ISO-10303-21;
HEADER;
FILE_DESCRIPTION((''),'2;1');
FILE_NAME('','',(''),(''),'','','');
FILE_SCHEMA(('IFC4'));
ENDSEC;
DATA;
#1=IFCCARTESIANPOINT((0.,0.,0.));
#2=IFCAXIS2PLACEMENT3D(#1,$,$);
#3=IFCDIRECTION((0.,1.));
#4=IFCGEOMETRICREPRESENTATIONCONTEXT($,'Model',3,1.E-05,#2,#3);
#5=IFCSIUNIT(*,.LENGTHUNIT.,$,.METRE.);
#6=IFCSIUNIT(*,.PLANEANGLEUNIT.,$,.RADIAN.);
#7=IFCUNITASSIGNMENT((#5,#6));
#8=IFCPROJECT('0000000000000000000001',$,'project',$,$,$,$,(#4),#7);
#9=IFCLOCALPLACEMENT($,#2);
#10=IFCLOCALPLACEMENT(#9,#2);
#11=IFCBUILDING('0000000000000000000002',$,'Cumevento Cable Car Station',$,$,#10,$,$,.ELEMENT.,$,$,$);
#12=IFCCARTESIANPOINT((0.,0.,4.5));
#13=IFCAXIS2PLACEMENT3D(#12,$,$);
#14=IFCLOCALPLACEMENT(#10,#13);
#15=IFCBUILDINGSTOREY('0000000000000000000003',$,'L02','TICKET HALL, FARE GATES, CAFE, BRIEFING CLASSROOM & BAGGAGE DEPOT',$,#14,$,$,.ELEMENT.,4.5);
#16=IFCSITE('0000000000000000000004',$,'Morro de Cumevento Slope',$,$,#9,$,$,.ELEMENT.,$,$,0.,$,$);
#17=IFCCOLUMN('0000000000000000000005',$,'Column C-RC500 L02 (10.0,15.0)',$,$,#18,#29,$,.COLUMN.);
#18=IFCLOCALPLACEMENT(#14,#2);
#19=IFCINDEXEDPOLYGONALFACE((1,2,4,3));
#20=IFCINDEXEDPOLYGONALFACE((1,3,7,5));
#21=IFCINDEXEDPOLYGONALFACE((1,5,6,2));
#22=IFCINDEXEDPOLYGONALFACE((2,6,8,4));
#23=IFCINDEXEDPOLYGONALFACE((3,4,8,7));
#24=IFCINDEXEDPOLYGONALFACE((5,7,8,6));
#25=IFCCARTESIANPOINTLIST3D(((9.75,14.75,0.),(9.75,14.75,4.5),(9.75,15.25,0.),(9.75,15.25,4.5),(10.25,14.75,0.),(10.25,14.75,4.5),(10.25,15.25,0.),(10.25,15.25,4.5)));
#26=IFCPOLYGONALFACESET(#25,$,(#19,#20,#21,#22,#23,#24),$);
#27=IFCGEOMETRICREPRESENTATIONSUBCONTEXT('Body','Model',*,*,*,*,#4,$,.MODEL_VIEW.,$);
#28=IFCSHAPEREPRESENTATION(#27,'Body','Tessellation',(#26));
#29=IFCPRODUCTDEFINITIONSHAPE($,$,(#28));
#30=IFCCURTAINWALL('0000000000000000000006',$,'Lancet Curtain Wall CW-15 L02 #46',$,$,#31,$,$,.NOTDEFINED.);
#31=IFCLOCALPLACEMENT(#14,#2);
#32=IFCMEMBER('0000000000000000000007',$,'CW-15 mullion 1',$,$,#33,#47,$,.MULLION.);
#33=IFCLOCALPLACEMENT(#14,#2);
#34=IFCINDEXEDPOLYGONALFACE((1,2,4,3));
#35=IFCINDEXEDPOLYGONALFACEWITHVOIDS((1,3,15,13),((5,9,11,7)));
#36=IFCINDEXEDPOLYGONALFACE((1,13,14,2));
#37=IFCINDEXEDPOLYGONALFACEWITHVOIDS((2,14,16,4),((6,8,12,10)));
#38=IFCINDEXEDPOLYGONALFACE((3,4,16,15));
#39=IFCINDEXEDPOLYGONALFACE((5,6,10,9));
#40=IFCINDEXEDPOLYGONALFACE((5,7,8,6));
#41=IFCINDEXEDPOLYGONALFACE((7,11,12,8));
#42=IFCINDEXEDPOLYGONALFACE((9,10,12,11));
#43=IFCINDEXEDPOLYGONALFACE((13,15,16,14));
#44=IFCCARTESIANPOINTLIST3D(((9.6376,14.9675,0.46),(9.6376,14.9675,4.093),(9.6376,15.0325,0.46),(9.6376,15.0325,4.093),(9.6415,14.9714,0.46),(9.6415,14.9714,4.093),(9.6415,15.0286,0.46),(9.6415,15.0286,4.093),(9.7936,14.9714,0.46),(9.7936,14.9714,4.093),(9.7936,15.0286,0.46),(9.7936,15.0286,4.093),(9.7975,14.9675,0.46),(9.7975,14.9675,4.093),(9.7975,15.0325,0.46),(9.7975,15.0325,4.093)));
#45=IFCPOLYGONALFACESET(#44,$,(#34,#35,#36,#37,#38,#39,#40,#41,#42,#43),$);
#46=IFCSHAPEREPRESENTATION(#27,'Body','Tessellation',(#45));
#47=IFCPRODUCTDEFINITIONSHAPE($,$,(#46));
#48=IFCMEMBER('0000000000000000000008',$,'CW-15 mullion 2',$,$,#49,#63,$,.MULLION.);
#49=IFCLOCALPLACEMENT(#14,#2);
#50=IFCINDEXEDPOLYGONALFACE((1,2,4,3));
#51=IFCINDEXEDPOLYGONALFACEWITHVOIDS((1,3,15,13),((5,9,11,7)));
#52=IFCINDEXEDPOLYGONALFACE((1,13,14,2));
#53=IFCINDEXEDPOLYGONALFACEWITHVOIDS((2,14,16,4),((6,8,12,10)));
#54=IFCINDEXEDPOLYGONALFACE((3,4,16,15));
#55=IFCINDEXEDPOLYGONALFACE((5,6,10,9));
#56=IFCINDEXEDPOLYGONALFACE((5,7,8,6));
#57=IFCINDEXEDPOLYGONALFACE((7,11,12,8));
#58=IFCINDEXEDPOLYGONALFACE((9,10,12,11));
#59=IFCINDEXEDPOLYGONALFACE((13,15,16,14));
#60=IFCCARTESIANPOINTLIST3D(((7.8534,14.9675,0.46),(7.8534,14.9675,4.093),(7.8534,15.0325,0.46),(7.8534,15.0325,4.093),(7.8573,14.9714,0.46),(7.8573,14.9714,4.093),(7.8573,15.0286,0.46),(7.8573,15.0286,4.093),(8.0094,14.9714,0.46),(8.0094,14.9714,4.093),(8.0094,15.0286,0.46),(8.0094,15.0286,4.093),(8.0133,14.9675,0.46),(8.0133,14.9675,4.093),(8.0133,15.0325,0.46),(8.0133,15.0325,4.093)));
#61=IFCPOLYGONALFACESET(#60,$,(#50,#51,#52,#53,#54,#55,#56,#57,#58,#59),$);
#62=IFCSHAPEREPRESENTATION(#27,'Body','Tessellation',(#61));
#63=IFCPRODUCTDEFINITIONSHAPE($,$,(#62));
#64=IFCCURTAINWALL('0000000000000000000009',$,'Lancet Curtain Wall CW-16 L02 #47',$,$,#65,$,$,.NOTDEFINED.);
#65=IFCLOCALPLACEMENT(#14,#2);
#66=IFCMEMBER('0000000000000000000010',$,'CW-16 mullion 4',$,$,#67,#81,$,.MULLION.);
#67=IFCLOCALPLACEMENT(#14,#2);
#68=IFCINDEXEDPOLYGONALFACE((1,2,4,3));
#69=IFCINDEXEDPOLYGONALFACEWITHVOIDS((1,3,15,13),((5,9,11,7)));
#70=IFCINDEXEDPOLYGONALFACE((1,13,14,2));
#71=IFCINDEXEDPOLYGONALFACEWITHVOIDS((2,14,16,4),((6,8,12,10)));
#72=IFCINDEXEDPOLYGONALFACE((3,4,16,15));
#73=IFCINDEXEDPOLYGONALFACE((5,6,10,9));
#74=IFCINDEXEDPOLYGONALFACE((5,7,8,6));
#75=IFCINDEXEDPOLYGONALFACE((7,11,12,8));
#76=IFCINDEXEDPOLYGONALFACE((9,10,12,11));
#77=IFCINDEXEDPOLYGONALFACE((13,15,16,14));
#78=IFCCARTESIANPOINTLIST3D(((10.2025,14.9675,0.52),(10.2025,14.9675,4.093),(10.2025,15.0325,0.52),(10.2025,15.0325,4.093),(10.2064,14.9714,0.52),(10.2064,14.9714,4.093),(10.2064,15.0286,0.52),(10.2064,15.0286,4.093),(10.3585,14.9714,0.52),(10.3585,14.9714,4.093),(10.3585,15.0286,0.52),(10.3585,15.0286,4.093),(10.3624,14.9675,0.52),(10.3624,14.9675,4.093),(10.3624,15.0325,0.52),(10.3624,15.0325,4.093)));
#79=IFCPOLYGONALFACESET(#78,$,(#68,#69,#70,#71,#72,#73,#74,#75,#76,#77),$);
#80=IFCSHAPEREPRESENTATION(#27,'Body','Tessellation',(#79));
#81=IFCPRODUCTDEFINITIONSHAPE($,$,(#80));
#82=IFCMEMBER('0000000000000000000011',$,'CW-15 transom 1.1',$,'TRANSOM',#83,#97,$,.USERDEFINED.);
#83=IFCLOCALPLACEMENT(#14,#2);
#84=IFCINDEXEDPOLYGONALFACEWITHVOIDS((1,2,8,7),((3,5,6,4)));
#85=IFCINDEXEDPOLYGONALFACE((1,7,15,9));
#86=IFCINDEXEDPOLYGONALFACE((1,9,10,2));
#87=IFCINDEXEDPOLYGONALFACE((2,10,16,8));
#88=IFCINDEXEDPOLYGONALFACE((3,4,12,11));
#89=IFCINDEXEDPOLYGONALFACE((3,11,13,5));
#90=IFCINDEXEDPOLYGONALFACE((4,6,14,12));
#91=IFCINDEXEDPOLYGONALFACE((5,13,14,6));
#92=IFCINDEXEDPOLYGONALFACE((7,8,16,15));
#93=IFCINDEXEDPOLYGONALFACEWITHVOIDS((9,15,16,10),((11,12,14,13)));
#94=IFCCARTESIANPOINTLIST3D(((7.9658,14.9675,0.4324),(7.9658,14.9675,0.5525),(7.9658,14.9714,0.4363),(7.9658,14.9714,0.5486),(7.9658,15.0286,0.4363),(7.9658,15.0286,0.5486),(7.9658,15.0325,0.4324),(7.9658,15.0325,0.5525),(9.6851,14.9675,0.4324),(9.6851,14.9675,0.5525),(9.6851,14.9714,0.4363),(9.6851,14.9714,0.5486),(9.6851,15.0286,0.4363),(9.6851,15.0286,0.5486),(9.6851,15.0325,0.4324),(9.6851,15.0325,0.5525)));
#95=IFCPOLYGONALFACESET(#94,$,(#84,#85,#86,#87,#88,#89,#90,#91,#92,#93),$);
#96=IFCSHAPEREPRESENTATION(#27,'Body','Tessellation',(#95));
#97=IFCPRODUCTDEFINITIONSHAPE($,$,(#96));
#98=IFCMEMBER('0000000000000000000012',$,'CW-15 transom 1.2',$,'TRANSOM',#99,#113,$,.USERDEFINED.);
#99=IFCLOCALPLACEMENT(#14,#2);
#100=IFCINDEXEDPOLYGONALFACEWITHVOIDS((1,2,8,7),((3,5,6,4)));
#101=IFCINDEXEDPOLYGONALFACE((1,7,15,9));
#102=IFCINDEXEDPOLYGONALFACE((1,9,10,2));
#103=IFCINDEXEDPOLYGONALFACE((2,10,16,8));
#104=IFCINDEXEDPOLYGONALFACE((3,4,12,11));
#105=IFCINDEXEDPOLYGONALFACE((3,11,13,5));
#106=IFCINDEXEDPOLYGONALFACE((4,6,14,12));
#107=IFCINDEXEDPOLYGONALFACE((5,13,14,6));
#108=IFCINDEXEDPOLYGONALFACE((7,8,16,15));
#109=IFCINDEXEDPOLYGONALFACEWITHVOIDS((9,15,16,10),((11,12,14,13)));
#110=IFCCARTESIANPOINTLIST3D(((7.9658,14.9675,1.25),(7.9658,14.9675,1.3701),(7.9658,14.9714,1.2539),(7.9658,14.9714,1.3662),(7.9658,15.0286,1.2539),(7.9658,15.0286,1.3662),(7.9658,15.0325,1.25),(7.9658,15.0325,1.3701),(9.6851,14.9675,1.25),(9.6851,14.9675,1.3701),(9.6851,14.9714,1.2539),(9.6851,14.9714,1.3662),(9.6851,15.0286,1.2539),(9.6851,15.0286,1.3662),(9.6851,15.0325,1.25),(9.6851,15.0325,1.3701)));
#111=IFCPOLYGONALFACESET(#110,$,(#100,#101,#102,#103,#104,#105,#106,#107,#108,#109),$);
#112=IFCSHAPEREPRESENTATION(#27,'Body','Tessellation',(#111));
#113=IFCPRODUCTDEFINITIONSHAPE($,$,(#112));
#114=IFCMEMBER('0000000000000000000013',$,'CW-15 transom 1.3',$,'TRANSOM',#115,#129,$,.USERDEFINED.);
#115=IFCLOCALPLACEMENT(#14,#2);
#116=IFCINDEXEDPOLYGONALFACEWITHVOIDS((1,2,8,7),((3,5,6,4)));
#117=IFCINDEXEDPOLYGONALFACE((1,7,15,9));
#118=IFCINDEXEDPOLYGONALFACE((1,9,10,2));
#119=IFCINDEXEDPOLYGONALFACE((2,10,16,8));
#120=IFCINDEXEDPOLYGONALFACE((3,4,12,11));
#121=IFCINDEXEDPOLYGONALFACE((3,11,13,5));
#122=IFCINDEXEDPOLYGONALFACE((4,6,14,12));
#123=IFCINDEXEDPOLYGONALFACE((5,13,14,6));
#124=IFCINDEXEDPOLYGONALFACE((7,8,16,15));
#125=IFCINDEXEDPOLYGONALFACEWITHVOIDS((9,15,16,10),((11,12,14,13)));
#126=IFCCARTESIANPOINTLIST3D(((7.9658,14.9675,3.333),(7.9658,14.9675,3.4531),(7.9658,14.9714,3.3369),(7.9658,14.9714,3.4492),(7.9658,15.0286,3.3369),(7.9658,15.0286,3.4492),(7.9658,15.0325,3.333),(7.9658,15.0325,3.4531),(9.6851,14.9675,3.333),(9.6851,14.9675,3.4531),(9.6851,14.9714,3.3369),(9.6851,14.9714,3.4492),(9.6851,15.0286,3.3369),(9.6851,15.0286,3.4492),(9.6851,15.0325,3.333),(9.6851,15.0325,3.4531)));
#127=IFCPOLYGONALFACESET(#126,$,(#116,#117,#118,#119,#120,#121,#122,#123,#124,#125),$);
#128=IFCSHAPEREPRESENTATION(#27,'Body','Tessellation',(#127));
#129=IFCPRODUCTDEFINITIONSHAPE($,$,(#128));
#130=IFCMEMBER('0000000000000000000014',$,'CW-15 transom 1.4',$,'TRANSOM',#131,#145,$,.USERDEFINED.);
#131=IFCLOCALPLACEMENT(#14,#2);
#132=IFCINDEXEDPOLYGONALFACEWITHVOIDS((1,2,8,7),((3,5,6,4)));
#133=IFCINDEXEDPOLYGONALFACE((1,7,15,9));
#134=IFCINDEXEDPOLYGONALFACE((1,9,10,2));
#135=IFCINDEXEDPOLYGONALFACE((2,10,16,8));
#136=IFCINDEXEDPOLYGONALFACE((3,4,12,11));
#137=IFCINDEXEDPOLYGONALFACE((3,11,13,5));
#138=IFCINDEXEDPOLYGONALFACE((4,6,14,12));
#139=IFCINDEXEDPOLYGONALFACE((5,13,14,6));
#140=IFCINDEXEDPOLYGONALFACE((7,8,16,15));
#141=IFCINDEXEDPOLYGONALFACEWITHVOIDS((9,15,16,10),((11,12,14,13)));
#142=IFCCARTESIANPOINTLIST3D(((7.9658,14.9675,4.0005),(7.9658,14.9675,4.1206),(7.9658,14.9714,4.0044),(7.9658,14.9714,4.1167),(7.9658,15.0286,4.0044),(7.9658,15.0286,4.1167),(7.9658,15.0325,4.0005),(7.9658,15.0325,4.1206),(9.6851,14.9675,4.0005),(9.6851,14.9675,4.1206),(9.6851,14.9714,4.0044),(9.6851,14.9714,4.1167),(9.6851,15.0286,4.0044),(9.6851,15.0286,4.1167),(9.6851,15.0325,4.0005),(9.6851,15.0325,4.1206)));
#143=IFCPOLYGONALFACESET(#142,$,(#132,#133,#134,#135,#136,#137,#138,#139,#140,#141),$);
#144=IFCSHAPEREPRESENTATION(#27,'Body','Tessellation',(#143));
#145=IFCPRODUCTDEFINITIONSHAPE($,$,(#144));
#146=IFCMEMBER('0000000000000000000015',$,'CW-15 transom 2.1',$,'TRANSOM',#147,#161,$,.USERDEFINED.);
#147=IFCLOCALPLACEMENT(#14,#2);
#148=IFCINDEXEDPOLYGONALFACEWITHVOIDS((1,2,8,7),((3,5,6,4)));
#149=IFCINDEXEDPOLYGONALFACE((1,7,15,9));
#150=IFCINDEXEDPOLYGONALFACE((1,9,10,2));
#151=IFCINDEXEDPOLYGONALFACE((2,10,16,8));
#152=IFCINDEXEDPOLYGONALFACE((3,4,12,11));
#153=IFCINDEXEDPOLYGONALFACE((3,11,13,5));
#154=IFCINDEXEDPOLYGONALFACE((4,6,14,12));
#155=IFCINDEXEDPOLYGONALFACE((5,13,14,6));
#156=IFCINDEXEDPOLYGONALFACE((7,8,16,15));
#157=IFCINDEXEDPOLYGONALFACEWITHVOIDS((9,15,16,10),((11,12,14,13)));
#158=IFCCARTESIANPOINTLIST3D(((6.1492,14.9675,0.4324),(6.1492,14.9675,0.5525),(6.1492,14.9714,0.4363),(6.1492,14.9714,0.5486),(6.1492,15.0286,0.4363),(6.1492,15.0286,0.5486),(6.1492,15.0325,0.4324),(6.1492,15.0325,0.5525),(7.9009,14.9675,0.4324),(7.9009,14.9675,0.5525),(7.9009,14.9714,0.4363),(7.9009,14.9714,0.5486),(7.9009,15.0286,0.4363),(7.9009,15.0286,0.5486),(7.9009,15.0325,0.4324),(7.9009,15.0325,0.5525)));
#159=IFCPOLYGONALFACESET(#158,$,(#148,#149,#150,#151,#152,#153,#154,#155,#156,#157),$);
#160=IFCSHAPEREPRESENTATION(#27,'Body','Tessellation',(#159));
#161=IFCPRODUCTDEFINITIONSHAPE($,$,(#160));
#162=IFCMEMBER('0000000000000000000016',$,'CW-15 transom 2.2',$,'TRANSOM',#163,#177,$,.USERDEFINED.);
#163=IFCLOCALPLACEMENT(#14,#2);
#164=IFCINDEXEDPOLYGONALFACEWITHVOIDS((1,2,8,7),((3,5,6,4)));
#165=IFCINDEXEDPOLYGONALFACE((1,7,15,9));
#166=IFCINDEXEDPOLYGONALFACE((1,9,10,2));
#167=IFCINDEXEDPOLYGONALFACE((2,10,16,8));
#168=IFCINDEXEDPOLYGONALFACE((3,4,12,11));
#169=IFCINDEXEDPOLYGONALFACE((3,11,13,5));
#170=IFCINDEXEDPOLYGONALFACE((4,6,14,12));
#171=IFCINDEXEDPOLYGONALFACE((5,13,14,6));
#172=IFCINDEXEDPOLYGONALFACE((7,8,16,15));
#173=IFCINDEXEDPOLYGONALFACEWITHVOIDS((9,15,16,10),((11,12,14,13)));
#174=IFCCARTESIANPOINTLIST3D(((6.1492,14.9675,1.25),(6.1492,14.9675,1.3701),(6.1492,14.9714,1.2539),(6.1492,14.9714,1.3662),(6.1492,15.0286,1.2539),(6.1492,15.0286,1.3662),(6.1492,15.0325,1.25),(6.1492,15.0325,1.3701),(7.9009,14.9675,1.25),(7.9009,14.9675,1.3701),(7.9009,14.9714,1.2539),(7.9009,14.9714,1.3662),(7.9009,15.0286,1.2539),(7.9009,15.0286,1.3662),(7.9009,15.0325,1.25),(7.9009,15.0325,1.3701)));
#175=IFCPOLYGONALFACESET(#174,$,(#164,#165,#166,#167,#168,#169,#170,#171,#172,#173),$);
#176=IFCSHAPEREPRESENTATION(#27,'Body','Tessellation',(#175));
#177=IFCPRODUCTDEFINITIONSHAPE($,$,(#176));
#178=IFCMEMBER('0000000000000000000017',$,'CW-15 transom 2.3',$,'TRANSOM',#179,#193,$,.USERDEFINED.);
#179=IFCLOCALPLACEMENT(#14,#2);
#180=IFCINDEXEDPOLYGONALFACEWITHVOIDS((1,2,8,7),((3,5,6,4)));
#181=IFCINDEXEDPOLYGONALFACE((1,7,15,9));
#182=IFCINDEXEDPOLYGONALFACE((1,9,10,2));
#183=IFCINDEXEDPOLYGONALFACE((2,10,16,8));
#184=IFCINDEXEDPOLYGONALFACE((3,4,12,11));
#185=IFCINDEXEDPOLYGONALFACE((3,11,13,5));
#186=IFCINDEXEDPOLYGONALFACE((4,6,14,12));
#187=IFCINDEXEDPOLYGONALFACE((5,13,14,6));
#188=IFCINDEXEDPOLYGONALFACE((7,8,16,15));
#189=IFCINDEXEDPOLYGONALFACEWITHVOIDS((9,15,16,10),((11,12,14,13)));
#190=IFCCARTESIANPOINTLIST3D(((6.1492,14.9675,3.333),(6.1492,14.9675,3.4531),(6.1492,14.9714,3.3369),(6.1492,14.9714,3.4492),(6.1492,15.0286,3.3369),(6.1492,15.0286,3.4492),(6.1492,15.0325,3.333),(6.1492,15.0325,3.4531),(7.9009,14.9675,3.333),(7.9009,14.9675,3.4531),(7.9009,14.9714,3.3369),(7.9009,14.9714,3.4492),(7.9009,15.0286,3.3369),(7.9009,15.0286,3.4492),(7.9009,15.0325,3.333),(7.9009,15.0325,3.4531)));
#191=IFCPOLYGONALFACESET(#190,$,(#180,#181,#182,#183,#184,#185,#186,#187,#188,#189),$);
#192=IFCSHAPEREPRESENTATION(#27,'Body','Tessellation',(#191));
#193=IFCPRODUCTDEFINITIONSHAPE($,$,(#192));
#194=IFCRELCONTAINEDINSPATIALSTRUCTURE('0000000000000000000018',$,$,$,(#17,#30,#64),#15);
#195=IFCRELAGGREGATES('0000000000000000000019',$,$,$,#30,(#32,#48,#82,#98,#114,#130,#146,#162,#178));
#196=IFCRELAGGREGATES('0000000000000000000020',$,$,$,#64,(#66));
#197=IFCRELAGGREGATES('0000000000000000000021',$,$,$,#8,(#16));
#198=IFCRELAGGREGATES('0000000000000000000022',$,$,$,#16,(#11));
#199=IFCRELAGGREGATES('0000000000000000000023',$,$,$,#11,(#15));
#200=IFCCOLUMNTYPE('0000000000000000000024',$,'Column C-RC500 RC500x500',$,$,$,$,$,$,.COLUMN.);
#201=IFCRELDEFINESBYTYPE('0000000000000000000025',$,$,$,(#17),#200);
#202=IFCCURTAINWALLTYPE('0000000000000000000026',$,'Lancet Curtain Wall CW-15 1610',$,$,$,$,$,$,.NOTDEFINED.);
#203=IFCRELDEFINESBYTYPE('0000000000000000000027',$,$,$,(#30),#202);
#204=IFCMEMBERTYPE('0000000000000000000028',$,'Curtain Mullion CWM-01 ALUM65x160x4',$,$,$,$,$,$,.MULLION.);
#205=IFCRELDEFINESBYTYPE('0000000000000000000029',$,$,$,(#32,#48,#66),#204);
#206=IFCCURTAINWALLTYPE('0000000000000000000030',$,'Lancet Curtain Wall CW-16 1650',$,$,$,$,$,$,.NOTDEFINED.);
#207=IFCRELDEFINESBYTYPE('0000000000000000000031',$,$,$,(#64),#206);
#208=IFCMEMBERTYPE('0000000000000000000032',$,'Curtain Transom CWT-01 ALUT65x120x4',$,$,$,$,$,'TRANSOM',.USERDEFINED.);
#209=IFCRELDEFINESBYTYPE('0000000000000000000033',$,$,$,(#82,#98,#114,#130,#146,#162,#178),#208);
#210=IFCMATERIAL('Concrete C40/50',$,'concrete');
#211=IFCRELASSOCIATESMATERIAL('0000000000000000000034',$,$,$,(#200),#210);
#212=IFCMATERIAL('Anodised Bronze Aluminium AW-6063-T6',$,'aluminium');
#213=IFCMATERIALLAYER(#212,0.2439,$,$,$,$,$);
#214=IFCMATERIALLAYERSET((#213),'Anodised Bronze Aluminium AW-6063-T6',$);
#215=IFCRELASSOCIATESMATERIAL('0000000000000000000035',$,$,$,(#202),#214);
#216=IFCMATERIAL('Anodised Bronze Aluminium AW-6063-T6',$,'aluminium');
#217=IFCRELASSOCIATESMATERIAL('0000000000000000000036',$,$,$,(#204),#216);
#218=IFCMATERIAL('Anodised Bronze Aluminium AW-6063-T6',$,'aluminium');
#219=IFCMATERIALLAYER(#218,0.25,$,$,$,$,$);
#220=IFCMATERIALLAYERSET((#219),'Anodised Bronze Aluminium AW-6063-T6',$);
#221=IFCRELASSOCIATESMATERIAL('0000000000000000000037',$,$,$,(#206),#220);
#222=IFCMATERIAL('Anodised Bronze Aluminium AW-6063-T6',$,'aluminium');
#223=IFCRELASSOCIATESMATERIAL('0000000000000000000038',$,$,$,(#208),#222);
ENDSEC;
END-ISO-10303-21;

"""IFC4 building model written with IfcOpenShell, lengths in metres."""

from ifc_helpers import new_model, si_unit, direction, frame, origin, origin_2d, place, context, subcontext, project, spatial, rectangle, hollow_rectangle, extrude, material, layer, layer_set, material_profile, profile_set, type_object, element, aggregate, save


model = new_model("IFC4")

# Units and contexts
model_context = context("Model", 3, precision=1e-05, world=origin(), true_north=direction((0.0, 1.0)))
body_context = subcontext(model_context, "Body", "Model", "MODEL_VIEW")
ifc_project = project(units=[si_unit("LENGTHUNIT", "METRE"), si_unit("PLANEANGLEUNIT", "RADIAN")], contexts=[model_context])

# Site, building, storey
site_placement = place(None, origin())
site = spatial("IfcSite", under=ifc_project, at=site_placement, Name="Morro de Cumevento Slope", CompositionType="ELEMENT", RefElevation=0.0)
building_placement = place(site_placement, origin())
building = spatial("IfcBuilding", under=site, at=building_placement, Name="Cumevento Cable Car Station", CompositionType="ELEMENT")
storey_placement = place(building_placement, frame((0.0, 0.0, 4.5)))
storey = spatial("IfcBuildingStorey", under=building, at=storey_placement, Name="L02", Description="TICKET HALL, FARE GATES, CAFE, BRIEFING CLASSROOM & BAGGAGE DEPOT", CompositionType="ELEMENT", Elevation=4.5)

# Column
ifc_material_1 = material(Name="Concrete C40/50", Category="concrete")
ifc_material_profile_1 = material_profile(ifc_material_1, rectangle(XDim=0.5, YDim=0.5, at=origin_2d()), Name="RC500x500")
ifc_profile_set_1 = profile_set([ifc_material_profile_1], Name="Concrete C40/50")
column_type = type_object("IfcColumnType", Name="Column C-RC500 RC500x500", PredefinedType="COLUMN", material=ifc_profile_set_1)
column_placement = place(storey_placement, frame((10.0, 15.0, 0.0), z_axis=(0.0, 0.0, 1.0), x_axis=(1.0, 0.0, 0.0)))
element("IfcColumn", 1, at=column_placement, inside=storey, type_object=column_type, Name="Column C-RC500 L02 (10.0,15.0)", PredefinedType="COLUMN", context=body_context, shape_type="SweptSolid", body=[
    extrude(rectangle(XDim=0.5, YDim=0.5, at=origin_2d()), origin(), (0.0, 0.0, 1.0), 4.5),
])

# Curtain wall, members
ifc_material_2 = material(Name="Anodised Bronze Aluminium AW-6063-T6", Category="aluminium")
ifc_layer_1 = layer(ifc_material_2, 0.2439)
ifc_layer_set_1 = layer_set([ifc_layer_1], Name="Anodised Bronze Aluminium AW-6063-T6")
curtain_wall_type_1 = type_object("IfcCurtainWallType", Name="Lancet Curtain Wall CW-15 1610", PredefinedType="NOTDEFINED", material=ifc_layer_set_1)
curtain_wall_1_placement = place(storey_placement, origin())
curtain_wall_1 = element("IfcCurtainWall", 2, at=curtain_wall_1_placement, inside=storey, type_object=curtain_wall_type_1, Name="Lancet Curtain Wall CW-15 L02 #46", PredefinedType="NOTDEFINED")
ifc_material_3 = material(Name="Anodised Bronze Aluminium AW-6063-T6", Category="aluminium")
ifc_material_profile_2 = material_profile(ifc_material_3, hollow_rectangle(XDim=0.0649, YDim=0.1599, WallThickness=0.0039, at=origin_2d()), Name="ALUM65x160x4")
ifc_profile_set_2 = profile_set([ifc_material_profile_2], Name="Anodised Bronze Aluminium AW-6063-T6")
member_type_1 = type_object("IfcMemberType", Name="Curtain Mullion CWM-01 ALUM65x160x4", PredefinedType="MULLION", material=ifc_profile_set_2)
member_1_placement = place(storey_placement, frame((9.7175, 15.0, 0.46), z_axis=(0.0, 0.0, 1.0), x_axis=(0.0, -1.0, 0.0)))
member_1 = element("IfcMember", 3, at=member_1_placement, type_object=member_type_1, Name="CW-15 mullion 1", PredefinedType="MULLION", context=body_context, shape_type="SweptSolid", body=[
    extrude(hollow_rectangle(XDim=0.0649, YDim=0.1599, WallThickness=0.0039, at=origin_2d()), origin(), (0.0, 0.0, 1.0), 3.6331),
])
member_2_placement = place(storey_placement, frame((7.9333, 15.0, 0.46), z_axis=(0.0, 0.0, 1.0), x_axis=(0.0, -1.0, 0.0)))
member_2 = element("IfcMember", 4, at=member_2_placement, type_object=member_type_1, Name="CW-15 mullion 2", PredefinedType="MULLION", context=body_context, shape_type="SweptSolid", body=[
    extrude(hollow_rectangle(XDim=0.0649, YDim=0.1599, WallThickness=0.0039, at=origin_2d()), origin(), (0.0, 0.0, 1.0), 3.6331),
])

# Curtain wall, member
ifc_material_4 = material(Name="Anodised Bronze Aluminium AW-6063-T6", Category="aluminium")
ifc_layer_2 = layer(ifc_material_4, 0.25)
ifc_layer_set_2 = layer_set([ifc_layer_2], Name="Anodised Bronze Aluminium AW-6063-T6")
curtain_wall_type_2 = type_object("IfcCurtainWallType", Name="Lancet Curtain Wall CW-16 1650", PredefinedType="NOTDEFINED", material=ifc_layer_set_2)
curtain_wall_2_placement = place(storey_placement, origin())
curtain_wall_2 = element("IfcCurtainWall", 5, at=curtain_wall_2_placement, inside=storey, type_object=curtain_wall_type_2, Name="Lancet Curtain Wall CW-16 L02 #47", PredefinedType="NOTDEFINED")
member_3_placement = place(storey_placement, frame((10.2825, 15.0, 0.52), z_axis=(0.0, 0.0, 1.0), x_axis=(0.0, -1.0, 0.0)))
member_3 = element("IfcMember", 6, at=member_3_placement, type_object=member_type_1, Name="CW-16 mullion 4", PredefinedType="MULLION", context=body_context, shape_type="SweptSolid", body=[
    extrude(hollow_rectangle(XDim=0.0649, YDim=0.1599, WallThickness=0.0039, at=origin_2d()), origin(), (0.0, 0.0, 1.0), 3.573),
])

# Members
ifc_material_5 = material(Name="Anodised Bronze Aluminium AW-6063-T6", Category="aluminium")
ifc_material_profile_3 = material_profile(ifc_material_5, hollow_rectangle(XDim=0.0649, YDim=0.1201, WallThickness=0.0039, at=origin_2d()), Name="ALUT65x120x4")
ifc_profile_set_3 = profile_set([ifc_material_profile_3], Name="Anodised Bronze Aluminium AW-6063-T6")
member_type_2 = type_object("IfcMemberType", Name="Curtain Transom CWT-01 ALUT65x120x4", ElementType="TRANSOM", PredefinedType="USERDEFINED", material=ifc_profile_set_3)
member_4_placement = place(storey_placement, frame((9.6851, 15.0, 0.4924), z_axis=(-1.0, 0.0, 0.0), x_axis=(0.0, -1.0, 0.0)))
member_4 = element("IfcMember", 7, at=member_4_placement, type_object=member_type_2, Name="CW-15 transom 1.1", ObjectType="TRANSOM", PredefinedType="USERDEFINED", context=body_context, shape_type="SweptSolid", body=[
    extrude(hollow_rectangle(XDim=0.0649, YDim=0.1201, WallThickness=0.0039, at=origin_2d()), origin(), (0.0, 0.0, 1.0), 1.7192),
])
member_5_placement = place(storey_placement, frame((9.6851, 15.0, 1.3101), z_axis=(-1.0, 0.0, 0.0), x_axis=(0.0, -1.0, 0.0)))
member_5 = element("IfcMember", 8, at=member_5_placement, type_object=member_type_2, Name="CW-15 transom 1.2", ObjectType="TRANSOM", PredefinedType="USERDEFINED", context=body_context, shape_type="SweptSolid", body=[
    extrude(hollow_rectangle(XDim=0.0649, YDim=0.1201, WallThickness=0.0039, at=origin_2d()), origin(), (0.0, 0.0, 1.0), 1.7192),
])
member_6_placement = place(storey_placement, frame((9.6851, 15.0, 3.3931), z_axis=(-1.0, 0.0, 0.0), x_axis=(0.0, -1.0, 0.0)))
member_6 = element("IfcMember", 9, at=member_6_placement, type_object=member_type_2, Name="CW-15 transom 1.3", ObjectType="TRANSOM", PredefinedType="USERDEFINED", context=body_context, shape_type="SweptSolid", body=[
    extrude(hollow_rectangle(XDim=0.0649, YDim=0.1201, WallThickness=0.0039, at=origin_2d()), origin(), (0.0, 0.0, 1.0), 1.7192),
])
member_7_placement = place(storey_placement, frame((9.6851, 15.0, 4.0605), z_axis=(-1.0, 0.0, 0.0), x_axis=(0.0, -1.0, 0.0)))
member_7 = element("IfcMember", 10, at=member_7_placement, type_object=member_type_2, Name="CW-15 transom 1.4", ObjectType="TRANSOM", PredefinedType="USERDEFINED", context=body_context, shape_type="SweptSolid", body=[
    extrude(hollow_rectangle(XDim=0.0649, YDim=0.1201, WallThickness=0.0039, at=origin_2d()), origin(), (0.0, 0.0, 1.0), 1.7192),
])
member_8_placement = place(storey_placement, frame((7.9009, 15.0, 0.4924), z_axis=(-1.0, 0.0, 0.0), x_axis=(0.0, -1.0, 0.0)))
member_8 = element("IfcMember", 11, at=member_8_placement, type_object=member_type_2, Name="CW-15 transom 2.1", ObjectType="TRANSOM", PredefinedType="USERDEFINED", context=body_context, shape_type="SweptSolid", body=[
    extrude(hollow_rectangle(XDim=0.0649, YDim=0.1201, WallThickness=0.0039, at=origin_2d()), origin(), (0.0, 0.0, 1.0), 1.7517),
])
member_9_placement = place(storey_placement, frame((7.9009, 15.0, 1.3101), z_axis=(-1.0, 0.0, 0.0), x_axis=(0.0, -1.0, 0.0)))
member_9 = element("IfcMember", 12, at=member_9_placement, type_object=member_type_2, Name="CW-15 transom 2.2", ObjectType="TRANSOM", PredefinedType="USERDEFINED", context=body_context, shape_type="SweptSolid", body=[
    extrude(hollow_rectangle(XDim=0.0649, YDim=0.1201, WallThickness=0.0039, at=origin_2d()), origin(), (0.0, 0.0, 1.0), 1.7517),
])
member_10_placement = place(storey_placement, frame((7.9009, 15.0, 3.3931), z_axis=(-1.0, 0.0, 0.0), x_axis=(0.0, -1.0, 0.0)))
member_10 = element("IfcMember", 13, at=member_10_placement, type_object=member_type_2, Name="CW-15 transom 2.3", ObjectType="TRANSOM", PredefinedType="USERDEFINED", context=body_context, shape_type="SweptSolid", body=[
    extrude(hollow_rectangle(XDim=0.0649, YDim=0.1201, WallThickness=0.0039, at=origin_2d()), origin(), (0.0, 0.0, 1.0), 1.7517),
])

aggregate(curtain_wall_1, [member_1, member_2, member_4, member_5, member_6, member_7, member_8, member_9, member_10])
aggregate(curtain_wall_2, [member_3])

save(model, "model.ifc")
